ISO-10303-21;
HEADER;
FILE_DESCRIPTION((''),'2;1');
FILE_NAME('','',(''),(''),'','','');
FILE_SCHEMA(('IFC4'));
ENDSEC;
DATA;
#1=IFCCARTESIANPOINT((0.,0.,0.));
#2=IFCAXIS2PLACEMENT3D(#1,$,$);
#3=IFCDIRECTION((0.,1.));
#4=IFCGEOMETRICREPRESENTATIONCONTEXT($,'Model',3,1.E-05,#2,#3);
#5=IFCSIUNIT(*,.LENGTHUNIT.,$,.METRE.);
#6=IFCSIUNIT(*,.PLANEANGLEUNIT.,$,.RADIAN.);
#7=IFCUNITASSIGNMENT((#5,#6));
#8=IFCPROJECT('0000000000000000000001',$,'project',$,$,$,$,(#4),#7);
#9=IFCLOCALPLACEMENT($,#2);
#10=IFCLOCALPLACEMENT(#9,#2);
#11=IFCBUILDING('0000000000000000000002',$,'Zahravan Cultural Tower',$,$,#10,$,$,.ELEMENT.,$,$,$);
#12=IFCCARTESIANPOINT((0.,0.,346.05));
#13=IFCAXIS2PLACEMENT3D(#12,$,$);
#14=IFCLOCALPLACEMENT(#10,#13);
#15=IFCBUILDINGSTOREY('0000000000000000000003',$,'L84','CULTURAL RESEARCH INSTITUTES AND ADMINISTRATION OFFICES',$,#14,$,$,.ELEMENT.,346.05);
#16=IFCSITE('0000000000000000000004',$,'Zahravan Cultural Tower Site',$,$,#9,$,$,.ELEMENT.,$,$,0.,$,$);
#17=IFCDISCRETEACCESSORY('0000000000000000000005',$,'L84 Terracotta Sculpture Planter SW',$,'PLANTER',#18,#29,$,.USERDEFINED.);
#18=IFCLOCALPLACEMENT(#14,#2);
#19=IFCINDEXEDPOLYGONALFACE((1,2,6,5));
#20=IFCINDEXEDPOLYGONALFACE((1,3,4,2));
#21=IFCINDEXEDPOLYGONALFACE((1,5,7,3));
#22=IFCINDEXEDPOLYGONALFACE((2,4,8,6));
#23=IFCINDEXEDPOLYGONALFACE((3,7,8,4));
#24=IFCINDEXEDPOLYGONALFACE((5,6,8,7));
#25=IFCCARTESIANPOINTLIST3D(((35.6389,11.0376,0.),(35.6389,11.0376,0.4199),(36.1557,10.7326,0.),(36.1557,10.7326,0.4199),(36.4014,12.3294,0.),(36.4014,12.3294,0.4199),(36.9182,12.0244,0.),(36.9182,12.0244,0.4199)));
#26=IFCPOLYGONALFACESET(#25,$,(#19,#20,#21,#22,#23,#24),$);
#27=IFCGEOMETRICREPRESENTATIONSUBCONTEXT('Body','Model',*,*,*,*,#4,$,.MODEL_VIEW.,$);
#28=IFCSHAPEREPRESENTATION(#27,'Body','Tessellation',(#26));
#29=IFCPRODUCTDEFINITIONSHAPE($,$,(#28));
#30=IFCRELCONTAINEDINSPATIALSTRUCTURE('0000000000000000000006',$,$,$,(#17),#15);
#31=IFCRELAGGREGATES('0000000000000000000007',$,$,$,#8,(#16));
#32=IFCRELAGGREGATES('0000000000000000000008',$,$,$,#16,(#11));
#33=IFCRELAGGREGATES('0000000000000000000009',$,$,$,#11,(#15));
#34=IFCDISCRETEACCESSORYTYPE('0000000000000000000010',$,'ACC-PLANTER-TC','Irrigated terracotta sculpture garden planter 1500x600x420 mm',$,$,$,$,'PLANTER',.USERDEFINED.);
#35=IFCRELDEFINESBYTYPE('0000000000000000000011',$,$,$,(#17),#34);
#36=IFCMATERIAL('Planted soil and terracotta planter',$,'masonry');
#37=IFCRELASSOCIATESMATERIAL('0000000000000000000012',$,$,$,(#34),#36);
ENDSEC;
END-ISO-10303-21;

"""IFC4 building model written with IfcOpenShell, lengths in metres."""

from ifc_helpers import new_model, si_unit, direction, frame, origin, origin_2d, place, context, subcontext, project, spatial, rectangle, extrude, source, transform, mapped, material, type_object, element, save


model = new_model("IFC4")

# Units and contexts
model_context = context("Model", 3, precision=1e-05, world=origin(), true_north=direction((0.0, 1.0)))
body_context = subcontext(model_context, "Body", "Model", "MODEL_VIEW")
ifc_project = project(units=[si_unit("LENGTHUNIT", "METRE"), si_unit("PLANEANGLEUNIT", "RADIAN")], contexts=[model_context])

# Site, building, storey
site_placement = place(None, origin())
site = spatial("IfcSite", under=ifc_project, at=site_placement, Name="Zahravan Cultural Tower Site", CompositionType="ELEMENT", RefElevation=0.0)
building_placement = place(site_placement, origin())
building = spatial("IfcBuilding", under=site, at=building_placement, Name="Zahravan Cultural Tower", CompositionType="ELEMENT")
storey_placement = place(building_placement, frame((0.0, 0.0, 346.05)))
storey = spatial("IfcBuildingStorey", under=building, at=storey_placement, Name="L84", Description="CULTURAL RESEARCH INSTITUTES AND ADMINISTRATION OFFICES", CompositionType="ELEMENT", Elevation=346.05)

# Discrete accessory
ifc_material_1 = material(Name="Planted soil and terracotta planter", Category="masonry")
discrete_accessory_type = type_object("IfcDiscreteAccessoryType", Name="ACC-PLANTER-TC", Description="Irrigated terracotta sculpture garden planter 1500x600x420 mm", ElementType="PLANTER", PredefinedType="USERDEFINED", material=ifc_material_1)
shared_shape_1 = source(origin(), body_context, "Body", "SweptSolid", [
    extrude(rectangle(XDim=1.5, YDim=0.6001, at=origin_2d()), origin(), (0.0, 0.0, 1.0), 0.4199),
])
discrete_accessory_placement = place(storey_placement, frame((36.2786, 11.531, 0.0), z_axis=(0.0, 0.0, 1.0), x_axis=(0.50829, 0.861186, 0.0)))
element("IfcDiscreteAccessory", 1, at=discrete_accessory_placement, inside=storey, type_object=discrete_accessory_type, Name="L84 Terracotta Sculpture Planter SW", ObjectType="PLANTER", PredefinedType="USERDEFINED", context=body_context, shape_type="MappedRepresentation", body=[
    mapped(shared_shape_1, transform((0.0, 0.0, 0.0), x_axis=(1.0, 0.0, 0.0), y_axis=(0.0, 1.0, 0.0), z_axis=(0.0, 0.0, 1.0), scale=1.0)),
])

save(model, "model.ifc")
